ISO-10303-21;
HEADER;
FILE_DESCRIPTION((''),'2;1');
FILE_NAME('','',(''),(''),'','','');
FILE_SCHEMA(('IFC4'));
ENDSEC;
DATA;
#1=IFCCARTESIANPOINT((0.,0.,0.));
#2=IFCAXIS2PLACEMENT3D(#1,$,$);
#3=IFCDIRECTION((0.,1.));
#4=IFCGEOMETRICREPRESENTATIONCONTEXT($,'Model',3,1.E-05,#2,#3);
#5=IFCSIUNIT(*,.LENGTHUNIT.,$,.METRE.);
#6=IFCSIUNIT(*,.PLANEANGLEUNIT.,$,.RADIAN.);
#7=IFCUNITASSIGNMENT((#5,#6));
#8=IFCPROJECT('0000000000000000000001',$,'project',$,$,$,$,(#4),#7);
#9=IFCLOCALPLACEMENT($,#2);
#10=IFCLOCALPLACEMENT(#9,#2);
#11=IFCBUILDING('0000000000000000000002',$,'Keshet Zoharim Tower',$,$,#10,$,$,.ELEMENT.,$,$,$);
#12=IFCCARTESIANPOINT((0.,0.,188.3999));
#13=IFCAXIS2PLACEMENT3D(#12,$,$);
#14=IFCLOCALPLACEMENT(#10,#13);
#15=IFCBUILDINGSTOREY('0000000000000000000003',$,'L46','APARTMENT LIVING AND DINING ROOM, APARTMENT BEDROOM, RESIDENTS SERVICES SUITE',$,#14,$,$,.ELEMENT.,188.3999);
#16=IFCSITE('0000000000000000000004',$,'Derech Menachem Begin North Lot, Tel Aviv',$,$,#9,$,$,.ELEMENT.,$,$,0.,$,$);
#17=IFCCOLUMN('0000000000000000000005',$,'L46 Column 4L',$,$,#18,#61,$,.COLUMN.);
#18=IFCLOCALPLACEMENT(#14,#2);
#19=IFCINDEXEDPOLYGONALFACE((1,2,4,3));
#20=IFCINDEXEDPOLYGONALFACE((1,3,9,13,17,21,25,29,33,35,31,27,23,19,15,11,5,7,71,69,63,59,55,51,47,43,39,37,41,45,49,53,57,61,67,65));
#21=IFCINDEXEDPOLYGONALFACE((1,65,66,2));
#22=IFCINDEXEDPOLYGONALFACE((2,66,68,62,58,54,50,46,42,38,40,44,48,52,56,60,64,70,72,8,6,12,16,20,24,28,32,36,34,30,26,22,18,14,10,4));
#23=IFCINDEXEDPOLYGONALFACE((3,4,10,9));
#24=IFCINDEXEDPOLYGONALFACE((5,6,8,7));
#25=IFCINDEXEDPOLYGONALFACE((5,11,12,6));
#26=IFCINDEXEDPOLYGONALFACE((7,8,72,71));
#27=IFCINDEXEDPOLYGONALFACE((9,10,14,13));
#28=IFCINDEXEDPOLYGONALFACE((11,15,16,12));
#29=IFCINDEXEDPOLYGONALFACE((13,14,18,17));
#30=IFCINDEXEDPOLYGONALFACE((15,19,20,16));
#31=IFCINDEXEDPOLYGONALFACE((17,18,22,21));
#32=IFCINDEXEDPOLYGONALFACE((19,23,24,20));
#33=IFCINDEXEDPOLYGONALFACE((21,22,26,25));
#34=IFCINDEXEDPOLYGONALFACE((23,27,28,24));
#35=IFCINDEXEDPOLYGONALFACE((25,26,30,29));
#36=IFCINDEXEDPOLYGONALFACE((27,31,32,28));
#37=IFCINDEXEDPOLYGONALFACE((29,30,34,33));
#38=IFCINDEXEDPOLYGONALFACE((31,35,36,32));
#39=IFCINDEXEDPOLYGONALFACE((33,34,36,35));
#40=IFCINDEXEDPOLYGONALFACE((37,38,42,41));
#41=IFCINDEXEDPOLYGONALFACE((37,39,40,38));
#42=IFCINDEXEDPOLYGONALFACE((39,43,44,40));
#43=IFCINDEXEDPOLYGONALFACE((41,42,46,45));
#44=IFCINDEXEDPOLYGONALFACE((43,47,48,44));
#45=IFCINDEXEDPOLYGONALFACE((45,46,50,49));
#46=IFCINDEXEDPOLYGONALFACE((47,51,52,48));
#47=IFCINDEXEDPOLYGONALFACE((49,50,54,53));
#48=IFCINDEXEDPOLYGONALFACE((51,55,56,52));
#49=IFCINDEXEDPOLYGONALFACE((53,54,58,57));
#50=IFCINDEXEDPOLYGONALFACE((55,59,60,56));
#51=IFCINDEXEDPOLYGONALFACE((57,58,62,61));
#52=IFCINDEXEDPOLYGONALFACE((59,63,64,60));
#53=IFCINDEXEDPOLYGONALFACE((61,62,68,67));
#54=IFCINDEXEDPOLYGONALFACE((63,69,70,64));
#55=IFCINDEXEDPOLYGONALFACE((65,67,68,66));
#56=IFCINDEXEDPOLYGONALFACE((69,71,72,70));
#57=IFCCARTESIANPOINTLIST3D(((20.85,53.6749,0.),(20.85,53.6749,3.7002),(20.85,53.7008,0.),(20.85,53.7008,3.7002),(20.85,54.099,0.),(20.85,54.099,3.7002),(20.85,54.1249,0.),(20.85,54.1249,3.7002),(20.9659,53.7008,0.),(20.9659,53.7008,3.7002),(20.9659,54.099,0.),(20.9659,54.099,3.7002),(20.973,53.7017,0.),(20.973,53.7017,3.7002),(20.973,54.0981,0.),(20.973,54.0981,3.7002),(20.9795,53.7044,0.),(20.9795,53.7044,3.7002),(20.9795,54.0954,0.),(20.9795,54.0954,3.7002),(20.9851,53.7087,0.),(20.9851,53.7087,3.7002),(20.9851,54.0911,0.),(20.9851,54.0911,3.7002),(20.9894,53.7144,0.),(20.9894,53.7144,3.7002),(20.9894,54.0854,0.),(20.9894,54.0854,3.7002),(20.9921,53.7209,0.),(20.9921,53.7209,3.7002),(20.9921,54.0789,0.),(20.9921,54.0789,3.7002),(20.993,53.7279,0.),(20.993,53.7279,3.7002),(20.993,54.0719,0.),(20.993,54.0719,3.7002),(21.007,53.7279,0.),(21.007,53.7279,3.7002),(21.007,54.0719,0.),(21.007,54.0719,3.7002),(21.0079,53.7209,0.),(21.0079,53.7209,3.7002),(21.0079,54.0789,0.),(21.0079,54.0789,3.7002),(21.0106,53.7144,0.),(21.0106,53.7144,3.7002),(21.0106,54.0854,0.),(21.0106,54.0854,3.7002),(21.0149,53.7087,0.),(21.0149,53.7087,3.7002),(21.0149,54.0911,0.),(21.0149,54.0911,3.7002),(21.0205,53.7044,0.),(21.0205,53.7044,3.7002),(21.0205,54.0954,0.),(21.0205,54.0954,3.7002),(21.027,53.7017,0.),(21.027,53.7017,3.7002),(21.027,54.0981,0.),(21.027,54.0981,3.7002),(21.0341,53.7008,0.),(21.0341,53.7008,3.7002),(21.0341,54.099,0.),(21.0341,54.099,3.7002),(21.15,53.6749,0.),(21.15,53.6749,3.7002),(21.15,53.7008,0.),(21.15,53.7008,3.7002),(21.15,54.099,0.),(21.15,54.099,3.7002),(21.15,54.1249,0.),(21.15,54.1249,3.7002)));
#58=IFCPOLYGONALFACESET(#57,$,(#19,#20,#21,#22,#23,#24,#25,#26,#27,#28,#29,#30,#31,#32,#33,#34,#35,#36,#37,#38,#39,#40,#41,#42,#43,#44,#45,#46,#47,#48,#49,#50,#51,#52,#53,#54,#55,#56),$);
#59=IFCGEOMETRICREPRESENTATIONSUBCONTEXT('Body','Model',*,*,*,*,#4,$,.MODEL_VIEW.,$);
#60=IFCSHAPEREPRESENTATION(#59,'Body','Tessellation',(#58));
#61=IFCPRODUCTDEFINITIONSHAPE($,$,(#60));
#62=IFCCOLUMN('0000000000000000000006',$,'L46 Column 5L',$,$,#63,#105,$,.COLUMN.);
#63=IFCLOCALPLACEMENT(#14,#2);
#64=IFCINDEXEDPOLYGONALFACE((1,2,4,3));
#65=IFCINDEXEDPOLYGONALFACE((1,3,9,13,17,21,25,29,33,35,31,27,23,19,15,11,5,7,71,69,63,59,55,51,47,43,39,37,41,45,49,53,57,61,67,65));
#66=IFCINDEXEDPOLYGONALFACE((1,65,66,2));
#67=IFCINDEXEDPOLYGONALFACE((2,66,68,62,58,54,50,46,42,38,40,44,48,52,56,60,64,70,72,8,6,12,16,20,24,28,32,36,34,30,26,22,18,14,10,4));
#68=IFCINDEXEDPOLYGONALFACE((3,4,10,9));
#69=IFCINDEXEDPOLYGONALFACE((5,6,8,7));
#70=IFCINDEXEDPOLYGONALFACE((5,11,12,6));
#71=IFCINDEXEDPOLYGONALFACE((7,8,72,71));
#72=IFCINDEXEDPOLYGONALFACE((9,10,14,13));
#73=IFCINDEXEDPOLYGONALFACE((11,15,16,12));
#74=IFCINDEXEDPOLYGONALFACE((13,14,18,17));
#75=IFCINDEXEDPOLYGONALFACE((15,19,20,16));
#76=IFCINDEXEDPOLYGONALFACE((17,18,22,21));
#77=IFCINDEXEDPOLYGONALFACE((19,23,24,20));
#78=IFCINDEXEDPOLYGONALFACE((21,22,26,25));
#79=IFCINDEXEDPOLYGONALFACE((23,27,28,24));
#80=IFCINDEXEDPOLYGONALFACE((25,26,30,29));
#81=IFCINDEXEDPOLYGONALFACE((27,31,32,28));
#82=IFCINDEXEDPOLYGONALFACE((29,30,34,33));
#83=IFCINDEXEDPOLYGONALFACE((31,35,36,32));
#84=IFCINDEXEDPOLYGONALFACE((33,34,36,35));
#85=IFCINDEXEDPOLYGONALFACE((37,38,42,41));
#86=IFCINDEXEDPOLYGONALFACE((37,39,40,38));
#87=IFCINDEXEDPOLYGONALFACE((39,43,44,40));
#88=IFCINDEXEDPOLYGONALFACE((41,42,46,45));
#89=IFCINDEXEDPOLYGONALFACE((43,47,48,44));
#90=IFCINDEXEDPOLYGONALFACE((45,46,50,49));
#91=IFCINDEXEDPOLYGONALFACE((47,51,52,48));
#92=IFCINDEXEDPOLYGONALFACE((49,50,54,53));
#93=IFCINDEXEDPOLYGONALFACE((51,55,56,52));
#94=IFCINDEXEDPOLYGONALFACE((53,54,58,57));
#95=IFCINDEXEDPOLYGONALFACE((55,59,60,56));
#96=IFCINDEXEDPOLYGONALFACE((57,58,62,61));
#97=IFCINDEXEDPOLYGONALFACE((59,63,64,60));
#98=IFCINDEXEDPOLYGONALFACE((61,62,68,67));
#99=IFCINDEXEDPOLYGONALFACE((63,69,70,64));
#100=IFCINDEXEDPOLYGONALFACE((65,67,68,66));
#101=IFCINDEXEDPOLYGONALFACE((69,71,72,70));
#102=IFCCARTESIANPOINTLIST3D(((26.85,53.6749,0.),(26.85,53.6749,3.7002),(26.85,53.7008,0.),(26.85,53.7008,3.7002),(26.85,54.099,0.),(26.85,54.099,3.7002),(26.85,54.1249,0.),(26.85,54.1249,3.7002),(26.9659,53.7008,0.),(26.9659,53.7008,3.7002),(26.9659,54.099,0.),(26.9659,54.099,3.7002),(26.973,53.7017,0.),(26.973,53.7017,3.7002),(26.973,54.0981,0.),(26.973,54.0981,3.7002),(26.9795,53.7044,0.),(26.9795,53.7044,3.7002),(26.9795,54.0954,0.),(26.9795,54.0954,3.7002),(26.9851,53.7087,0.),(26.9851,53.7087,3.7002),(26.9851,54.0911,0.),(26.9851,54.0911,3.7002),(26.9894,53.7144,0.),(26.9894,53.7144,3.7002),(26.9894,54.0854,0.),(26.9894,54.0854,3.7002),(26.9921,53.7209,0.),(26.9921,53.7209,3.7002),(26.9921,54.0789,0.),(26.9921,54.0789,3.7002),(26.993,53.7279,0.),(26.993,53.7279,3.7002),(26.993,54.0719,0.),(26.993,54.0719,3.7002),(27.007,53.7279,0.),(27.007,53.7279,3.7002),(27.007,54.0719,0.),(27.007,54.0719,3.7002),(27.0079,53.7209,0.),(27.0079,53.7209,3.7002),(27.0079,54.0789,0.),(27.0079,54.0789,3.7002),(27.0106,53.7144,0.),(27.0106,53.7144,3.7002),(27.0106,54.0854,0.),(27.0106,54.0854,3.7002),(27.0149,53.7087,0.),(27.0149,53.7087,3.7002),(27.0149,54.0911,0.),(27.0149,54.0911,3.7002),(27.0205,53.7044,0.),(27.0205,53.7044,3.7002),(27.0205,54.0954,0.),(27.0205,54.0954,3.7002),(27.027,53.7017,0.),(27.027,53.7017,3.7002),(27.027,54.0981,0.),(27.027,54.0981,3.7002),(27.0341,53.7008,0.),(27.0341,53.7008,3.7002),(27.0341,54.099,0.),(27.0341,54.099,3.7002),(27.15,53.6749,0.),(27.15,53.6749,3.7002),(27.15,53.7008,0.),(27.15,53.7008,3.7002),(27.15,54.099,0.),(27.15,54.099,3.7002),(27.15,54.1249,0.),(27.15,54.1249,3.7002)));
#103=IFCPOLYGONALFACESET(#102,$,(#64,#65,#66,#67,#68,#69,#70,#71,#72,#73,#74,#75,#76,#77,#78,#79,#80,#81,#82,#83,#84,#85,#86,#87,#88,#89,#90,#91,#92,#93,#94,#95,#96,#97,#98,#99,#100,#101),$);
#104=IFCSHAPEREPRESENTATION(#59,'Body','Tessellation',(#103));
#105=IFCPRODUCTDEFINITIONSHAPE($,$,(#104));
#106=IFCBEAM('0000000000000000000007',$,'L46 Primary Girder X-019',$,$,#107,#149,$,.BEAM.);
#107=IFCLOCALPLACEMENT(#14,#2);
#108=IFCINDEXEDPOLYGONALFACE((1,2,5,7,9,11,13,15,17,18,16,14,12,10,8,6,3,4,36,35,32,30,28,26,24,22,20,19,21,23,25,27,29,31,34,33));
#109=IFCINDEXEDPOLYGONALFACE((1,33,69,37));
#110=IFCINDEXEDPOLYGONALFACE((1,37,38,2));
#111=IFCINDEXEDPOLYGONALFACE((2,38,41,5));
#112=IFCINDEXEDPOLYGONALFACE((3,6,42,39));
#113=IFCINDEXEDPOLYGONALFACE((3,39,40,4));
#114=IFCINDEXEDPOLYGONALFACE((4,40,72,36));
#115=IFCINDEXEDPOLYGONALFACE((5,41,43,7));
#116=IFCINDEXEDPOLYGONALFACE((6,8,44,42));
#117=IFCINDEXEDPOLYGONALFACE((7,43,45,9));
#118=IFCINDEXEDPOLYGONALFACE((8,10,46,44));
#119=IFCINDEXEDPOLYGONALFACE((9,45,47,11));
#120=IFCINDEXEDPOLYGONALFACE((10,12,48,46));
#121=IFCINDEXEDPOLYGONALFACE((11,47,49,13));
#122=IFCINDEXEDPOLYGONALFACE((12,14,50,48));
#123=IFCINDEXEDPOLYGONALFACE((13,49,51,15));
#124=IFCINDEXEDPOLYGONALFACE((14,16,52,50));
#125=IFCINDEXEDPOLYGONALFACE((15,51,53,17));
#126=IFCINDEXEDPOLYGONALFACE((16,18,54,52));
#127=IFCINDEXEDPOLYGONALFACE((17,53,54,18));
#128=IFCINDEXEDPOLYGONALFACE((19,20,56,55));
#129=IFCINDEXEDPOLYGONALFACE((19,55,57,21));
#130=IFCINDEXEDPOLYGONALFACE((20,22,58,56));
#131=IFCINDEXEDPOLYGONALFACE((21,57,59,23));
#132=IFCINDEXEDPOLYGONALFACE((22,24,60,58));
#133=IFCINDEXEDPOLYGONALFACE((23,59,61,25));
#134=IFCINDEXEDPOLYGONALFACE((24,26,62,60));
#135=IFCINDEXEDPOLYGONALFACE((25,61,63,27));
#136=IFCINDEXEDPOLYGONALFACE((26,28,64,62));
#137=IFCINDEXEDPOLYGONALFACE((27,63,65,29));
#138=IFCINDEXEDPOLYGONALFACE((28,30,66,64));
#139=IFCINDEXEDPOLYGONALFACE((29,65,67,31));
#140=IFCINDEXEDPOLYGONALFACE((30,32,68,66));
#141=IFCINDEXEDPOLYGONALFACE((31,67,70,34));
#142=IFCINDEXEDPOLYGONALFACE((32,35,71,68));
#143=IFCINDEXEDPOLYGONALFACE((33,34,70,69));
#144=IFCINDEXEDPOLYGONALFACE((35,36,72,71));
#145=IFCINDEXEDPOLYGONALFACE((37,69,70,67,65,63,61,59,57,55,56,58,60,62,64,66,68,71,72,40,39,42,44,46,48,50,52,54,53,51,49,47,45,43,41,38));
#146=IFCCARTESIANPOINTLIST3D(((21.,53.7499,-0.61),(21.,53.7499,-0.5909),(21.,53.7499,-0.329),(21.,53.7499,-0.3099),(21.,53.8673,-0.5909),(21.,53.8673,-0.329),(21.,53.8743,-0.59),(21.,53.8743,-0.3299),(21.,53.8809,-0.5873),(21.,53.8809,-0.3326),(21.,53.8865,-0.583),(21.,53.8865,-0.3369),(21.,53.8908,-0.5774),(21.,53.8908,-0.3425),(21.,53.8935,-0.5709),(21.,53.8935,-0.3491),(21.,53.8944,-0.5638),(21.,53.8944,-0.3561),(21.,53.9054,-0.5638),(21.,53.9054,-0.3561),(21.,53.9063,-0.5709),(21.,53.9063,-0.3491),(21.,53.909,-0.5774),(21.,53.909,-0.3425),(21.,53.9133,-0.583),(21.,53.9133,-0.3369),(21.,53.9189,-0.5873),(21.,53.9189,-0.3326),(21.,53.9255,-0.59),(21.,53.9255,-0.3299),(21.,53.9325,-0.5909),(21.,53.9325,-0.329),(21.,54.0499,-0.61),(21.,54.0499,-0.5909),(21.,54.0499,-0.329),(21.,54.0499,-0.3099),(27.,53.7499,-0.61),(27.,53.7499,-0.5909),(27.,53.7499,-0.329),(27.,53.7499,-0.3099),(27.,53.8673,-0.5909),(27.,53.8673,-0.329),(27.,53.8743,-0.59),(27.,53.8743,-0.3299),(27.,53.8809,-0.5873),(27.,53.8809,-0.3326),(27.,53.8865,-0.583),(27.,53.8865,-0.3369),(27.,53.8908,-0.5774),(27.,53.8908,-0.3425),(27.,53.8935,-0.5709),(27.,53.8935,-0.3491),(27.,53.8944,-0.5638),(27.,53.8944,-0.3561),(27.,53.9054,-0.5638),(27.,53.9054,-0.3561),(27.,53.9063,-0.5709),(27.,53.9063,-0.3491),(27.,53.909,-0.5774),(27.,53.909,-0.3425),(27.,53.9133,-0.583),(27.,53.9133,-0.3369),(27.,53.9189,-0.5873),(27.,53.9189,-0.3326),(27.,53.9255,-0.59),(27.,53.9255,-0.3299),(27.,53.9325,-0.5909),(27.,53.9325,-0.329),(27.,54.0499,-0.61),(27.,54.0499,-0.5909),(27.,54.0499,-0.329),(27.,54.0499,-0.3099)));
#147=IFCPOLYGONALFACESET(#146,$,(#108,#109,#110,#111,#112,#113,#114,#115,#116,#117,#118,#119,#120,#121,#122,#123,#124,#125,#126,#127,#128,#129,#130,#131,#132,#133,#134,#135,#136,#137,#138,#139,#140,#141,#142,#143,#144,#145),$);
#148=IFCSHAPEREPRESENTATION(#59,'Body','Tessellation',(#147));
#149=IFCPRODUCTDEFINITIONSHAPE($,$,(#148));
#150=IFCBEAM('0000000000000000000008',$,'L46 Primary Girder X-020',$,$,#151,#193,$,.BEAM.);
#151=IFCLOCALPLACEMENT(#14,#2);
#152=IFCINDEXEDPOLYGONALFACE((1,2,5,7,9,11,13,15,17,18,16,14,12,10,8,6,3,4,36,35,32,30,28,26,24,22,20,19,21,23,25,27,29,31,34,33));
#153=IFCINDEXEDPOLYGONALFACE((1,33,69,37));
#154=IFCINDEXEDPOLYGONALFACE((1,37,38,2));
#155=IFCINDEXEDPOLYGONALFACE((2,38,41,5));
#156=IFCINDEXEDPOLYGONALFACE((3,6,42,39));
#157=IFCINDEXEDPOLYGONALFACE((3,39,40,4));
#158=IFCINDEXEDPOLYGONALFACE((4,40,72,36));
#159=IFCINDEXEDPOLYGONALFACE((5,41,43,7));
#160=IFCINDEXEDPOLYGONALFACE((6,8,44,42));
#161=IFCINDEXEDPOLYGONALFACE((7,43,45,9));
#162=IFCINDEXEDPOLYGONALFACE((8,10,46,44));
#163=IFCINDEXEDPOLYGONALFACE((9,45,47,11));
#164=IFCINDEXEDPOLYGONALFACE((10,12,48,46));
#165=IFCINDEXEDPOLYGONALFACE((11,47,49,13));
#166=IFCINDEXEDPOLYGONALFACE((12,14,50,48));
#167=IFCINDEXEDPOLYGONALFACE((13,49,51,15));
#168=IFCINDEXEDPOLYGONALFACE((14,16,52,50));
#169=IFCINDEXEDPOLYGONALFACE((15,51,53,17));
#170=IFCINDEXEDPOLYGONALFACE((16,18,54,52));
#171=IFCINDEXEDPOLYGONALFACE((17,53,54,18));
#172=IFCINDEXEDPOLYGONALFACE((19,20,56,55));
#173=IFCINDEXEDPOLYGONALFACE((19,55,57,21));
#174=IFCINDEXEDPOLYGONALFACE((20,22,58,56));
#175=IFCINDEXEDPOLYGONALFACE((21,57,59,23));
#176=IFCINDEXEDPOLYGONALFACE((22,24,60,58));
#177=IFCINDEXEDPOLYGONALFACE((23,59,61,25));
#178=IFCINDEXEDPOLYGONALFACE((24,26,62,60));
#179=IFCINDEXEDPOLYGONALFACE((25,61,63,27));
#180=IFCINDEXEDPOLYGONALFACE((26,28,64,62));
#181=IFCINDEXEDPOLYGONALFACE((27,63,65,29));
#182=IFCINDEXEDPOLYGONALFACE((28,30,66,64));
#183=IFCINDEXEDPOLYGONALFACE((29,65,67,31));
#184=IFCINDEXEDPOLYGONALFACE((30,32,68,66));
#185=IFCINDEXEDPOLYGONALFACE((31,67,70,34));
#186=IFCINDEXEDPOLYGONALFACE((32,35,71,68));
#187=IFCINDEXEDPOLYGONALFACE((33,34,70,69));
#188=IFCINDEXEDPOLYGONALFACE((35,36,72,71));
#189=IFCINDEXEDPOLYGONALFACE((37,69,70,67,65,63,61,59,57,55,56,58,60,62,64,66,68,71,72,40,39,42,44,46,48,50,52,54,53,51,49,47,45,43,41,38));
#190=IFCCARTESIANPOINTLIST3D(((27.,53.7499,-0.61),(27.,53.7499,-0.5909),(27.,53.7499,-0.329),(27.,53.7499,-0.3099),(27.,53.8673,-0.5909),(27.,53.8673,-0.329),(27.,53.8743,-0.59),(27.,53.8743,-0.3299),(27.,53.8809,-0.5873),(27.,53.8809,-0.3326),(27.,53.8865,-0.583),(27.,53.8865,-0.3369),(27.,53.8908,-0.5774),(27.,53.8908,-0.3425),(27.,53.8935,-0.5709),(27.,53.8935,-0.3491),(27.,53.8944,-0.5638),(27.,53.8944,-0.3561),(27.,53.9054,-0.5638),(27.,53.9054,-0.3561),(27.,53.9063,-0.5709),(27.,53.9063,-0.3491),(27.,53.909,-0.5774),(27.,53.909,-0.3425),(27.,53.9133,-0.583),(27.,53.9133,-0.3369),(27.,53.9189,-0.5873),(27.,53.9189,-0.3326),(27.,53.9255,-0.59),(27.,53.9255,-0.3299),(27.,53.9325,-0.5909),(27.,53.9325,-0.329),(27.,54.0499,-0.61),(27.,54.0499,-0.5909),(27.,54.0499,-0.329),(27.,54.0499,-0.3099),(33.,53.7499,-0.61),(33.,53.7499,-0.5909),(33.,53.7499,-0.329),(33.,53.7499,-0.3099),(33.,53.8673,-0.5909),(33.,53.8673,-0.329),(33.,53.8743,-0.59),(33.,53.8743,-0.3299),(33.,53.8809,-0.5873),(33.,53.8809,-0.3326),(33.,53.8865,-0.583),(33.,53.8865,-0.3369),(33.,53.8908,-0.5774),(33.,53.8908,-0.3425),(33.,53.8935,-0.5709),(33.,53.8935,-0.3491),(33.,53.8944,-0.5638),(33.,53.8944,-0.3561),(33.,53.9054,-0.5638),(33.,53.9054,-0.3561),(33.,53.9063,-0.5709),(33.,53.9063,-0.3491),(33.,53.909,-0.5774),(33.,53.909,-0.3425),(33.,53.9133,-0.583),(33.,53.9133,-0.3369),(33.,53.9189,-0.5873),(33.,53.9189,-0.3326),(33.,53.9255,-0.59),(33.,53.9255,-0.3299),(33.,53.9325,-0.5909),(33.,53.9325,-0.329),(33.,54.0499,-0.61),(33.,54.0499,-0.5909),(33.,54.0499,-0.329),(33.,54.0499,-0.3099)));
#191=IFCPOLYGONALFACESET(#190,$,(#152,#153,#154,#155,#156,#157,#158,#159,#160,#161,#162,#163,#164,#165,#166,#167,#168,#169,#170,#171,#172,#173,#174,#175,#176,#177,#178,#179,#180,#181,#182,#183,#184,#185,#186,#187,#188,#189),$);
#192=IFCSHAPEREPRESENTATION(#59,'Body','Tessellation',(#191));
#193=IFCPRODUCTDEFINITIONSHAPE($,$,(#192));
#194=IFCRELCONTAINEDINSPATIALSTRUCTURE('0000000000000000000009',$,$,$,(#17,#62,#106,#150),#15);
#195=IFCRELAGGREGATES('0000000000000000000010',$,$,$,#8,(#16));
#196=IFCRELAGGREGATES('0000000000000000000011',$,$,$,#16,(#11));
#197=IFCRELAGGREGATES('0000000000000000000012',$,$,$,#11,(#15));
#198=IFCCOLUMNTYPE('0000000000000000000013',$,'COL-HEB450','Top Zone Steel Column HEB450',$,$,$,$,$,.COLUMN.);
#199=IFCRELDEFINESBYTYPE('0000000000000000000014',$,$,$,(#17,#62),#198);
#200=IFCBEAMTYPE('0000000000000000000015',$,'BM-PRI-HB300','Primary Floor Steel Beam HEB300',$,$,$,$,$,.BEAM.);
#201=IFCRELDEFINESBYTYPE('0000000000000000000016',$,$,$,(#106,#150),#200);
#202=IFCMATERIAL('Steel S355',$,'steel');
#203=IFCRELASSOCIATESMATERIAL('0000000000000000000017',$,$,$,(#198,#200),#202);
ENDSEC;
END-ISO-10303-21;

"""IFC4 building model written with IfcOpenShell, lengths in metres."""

from ifc_helpers import new_model, si_unit, direction, frame, origin, origin_2d, place, context, subcontext, project, spatial, i_section, extrude, material, material_profile, profile_set, type_object, element, save


model = new_model("IFC4")

# Units and contexts
model_context = context("Model", 3, precision=1e-05, world=origin(), true_north=direction((0.0, 1.0)))
body_context = subcontext(model_context, "Body", "Model", "MODEL_VIEW")
ifc_project = project(units=[si_unit("LENGTHUNIT", "METRE"), si_unit("PLANEANGLEUNIT", "RADIAN")], contexts=[model_context])

# Site, building, storey
site_placement = place(None, origin())
site = spatial("IfcSite", under=ifc_project, at=site_placement, Name="Derech Menachem Begin North Lot, Tel Aviv", CompositionType="ELEMENT", RefElevation=0.0)
building_placement = place(site_placement, origin())
building = spatial("IfcBuilding", under=site, at=building_placement, Name="Keshet Zoharim Tower", CompositionType="ELEMENT")
storey_placement = place(building_placement, frame((0.0, 0.0, 188.3999)))
storey = spatial("IfcBuildingStorey", under=building, at=storey_placement, Name="L46", Description="APARTMENT LIVING AND DINING ROOM, APARTMENT BEDROOM, RESIDENTS SERVICES SUITE", CompositionType="ELEMENT", Elevation=188.3999)

# Columns
ifc_material_1 = material(Name="Steel S355", Category="steel")
ifc_material_profile_1 = material_profile(ifc_material_1, i_section(OverallWidth=0.3, OverallDepth=0.45, WebThickness=0.0139, FlangeThickness=0.0259, FilletRadius=0.0271, at=origin_2d()), Name="HEB450")
ifc_profile_set_1 = profile_set([ifc_material_profile_1], Name="Steel S355")
column_type = type_object("IfcColumnType", Name="COL-HEB450", Description="Top Zone Steel Column HEB450", PredefinedType="COLUMN", material=ifc_profile_set_1)
for number, where, z_axis, x_axis, name in (
    (1, (21.0, 53.8999, 0.0), (0.0, 0.0, 1.0), (1.0, 0.0, 0.0), "L46 Column 4L"),
    (2, (27.0, 53.8999, 0.0), (0.0, 0.0, 1.0), (1.0, 0.0, 0.0), "L46 Column 5L"),
):
    element("IfcColumn", number, at=place(storey_placement, frame(where, z_axis=z_axis, x_axis=x_axis)), inside=storey, type_object=column_type, Name=name, PredefinedType="COLUMN", context=body_context, shape_type="SweptSolid", body=[
        extrude(i_section(OverallWidth=0.3, OverallDepth=0.45, WebThickness=0.0139, FlangeThickness=0.0259, FilletRadius=0.0271, at=origin_2d()), origin(), (0.0, 0.0, 1.0), 3.7002),
    ])

# Beams
ifc_material_profile_2 = material_profile(ifc_material_1, i_section(OverallWidth=0.3, OverallDepth=0.3, WebThickness=0.011, FlangeThickness=0.019, FilletRadius=0.0271, at=origin_2d()), Name="HEB300")
ifc_profile_set_2 = profile_set([ifc_material_profile_2], Name="Steel S355")
beam_type = type_object("IfcBeamType", Name="BM-PRI-HB300", Description="Primary Floor Steel Beam HEB300", PredefinedType="BEAM", material=ifc_profile_set_2)
for number, where, z_axis, x_axis, name in (
    (3, (21.0, 53.8999, -0.46), (1.0, 0.0, 0.0), (0.0, 1.0, 0.0), "L46 Primary Girder X-019"),
    (4, (27.0, 53.8999, -0.46), (1.0, 0.0, 0.0), (0.0, 1.0, 0.0), "L46 Primary Girder X-020"),
):
    element("IfcBeam", number, at=place(storey_placement, frame(where, z_axis=z_axis, x_axis=x_axis)), inside=storey, type_object=beam_type, Name=name, PredefinedType="BEAM", context=body_context, shape_type="SweptSolid", body=[
        extrude(i_section(OverallWidth=0.3, OverallDepth=0.3, WebThickness=0.011, FlangeThickness=0.019, FilletRadius=0.0271, at=origin_2d()), origin(), (0.0, 0.0, 1.0), 6.0),
    ])

save(model, "model.ifc")
